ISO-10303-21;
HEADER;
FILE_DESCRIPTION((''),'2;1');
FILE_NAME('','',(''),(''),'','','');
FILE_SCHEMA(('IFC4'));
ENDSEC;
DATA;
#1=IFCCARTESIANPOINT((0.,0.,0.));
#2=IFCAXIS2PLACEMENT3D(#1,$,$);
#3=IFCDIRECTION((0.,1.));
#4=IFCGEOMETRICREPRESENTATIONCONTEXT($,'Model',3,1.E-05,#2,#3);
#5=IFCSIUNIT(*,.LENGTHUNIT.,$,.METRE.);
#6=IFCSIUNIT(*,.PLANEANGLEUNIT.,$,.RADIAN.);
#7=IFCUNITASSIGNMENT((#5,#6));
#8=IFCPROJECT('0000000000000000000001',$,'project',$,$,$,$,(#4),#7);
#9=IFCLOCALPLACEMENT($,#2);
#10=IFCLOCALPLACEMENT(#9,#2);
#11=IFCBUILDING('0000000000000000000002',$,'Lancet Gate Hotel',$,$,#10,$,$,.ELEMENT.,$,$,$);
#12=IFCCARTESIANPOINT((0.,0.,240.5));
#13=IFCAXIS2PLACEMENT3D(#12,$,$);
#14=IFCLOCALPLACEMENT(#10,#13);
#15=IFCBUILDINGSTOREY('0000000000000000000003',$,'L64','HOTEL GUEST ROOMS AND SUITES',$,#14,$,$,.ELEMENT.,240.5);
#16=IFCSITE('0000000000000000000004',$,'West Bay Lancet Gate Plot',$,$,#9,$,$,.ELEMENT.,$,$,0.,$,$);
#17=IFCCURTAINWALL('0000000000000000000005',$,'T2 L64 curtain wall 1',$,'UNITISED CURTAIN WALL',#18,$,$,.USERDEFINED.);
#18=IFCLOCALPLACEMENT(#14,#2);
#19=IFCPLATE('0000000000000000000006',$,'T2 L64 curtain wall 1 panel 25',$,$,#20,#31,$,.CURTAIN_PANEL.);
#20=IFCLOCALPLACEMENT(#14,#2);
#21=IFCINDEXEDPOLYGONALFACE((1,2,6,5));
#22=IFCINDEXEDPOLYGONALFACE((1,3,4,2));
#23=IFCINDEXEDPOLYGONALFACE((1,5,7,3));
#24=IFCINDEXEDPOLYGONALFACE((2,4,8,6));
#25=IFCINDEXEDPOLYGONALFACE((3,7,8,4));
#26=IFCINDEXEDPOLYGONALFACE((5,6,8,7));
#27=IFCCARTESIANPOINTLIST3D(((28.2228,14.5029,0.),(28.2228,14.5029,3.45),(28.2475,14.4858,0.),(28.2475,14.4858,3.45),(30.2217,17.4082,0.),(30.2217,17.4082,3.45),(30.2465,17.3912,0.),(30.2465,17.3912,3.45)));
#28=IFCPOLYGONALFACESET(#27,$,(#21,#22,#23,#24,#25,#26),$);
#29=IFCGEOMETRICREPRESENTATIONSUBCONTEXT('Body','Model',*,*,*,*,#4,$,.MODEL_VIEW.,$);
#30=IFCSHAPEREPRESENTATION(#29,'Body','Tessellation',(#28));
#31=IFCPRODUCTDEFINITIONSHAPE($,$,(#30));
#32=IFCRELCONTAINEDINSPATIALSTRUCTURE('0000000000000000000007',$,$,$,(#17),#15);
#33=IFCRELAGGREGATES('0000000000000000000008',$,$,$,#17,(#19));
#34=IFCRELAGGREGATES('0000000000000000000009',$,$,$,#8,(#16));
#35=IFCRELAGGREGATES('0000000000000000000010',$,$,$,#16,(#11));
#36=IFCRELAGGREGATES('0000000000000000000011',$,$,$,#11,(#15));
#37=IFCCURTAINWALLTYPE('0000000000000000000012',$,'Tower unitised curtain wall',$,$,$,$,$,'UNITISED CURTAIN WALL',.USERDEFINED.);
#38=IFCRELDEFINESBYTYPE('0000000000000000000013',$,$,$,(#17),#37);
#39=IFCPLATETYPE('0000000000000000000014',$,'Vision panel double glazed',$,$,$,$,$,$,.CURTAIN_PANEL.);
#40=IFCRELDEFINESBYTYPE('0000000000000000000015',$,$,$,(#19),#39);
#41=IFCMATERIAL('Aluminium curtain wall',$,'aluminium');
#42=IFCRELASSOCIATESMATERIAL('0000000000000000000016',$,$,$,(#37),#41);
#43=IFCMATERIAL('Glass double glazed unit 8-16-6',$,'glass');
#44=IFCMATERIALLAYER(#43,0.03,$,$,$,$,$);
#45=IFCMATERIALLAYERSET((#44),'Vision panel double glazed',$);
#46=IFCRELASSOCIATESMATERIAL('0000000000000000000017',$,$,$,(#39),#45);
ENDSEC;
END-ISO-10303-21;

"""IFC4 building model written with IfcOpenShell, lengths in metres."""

from ifc_helpers import new_model, si_unit, direction, frame, origin, origin_2d, place, context, subcontext, project, spatial, rectangle, extrude, material, layer, layer_set, type_object, element, aggregate, save


model = new_model("IFC4")

# Units and contexts
model_context = context("Model", 3, precision=1e-05, world=origin(), true_north=direction((0.0, 1.0)))
body_context = subcontext(model_context, "Body", "Model", "MODEL_VIEW")
ifc_project = project(units=[si_unit("LENGTHUNIT", "METRE"), si_unit("PLANEANGLEUNIT", "RADIAN")], contexts=[model_context])

# Site, building, storey
site_placement = place(None, origin())
site = spatial("IfcSite", under=ifc_project, at=site_placement, Name="West Bay Lancet Gate Plot", CompositionType="ELEMENT", RefElevation=0.0)
building_placement = place(site_placement, origin())
building = spatial("IfcBuilding", under=site, at=building_placement, Name="Lancet Gate Hotel", CompositionType="ELEMENT")
storey_placement = place(building_placement, frame((0.0, 0.0, 240.5)))
storey = spatial("IfcBuildingStorey", under=building, at=storey_placement, Name="L64", Description="HOTEL GUEST ROOMS AND SUITES", CompositionType="ELEMENT", Elevation=240.5)

# Curtain wall
ifc_material_1 = material(Name="Aluminium curtain wall", Category="aluminium")
curtain_wall_type = type_object("IfcCurtainWallType", Name="Tower unitised curtain wall", ElementType="UNITISED CURTAIN WALL", PredefinedType="USERDEFINED", material=ifc_material_1)
curtain_wall_placement = place(storey_placement, origin())
curtain_wall = element("IfcCurtainWall", 1, at=curtain_wall_placement, inside=storey, type_object=curtain_wall_type, Name="T2 L64 curtain wall 1", ObjectType="UNITISED CURTAIN WALL", PredefinedType="USERDEFINED")

# Plate
ifc_material_2 = material(Name="Glass double glazed unit 8-16-6", Category="glass")
ifc_layer = layer(ifc_material_2, 0.03)
ifc_layer_set = layer_set([ifc_layer], Name="Vision panel double glazed")
plate_type = type_object("IfcPlateType", Name="Vision panel double glazed", PredefinedType="CURTAIN_PANEL", material=ifc_layer_set)
plate_1_placement = place(storey_placement, frame((29.2346, 15.947, 0.0), z_axis=(0.0, 0.0, 1.0), x_axis=(-0.566824, -0.823839, 0.0)))
plate_1 = element("IfcPlate", 2, at=plate_1_placement, type_object=plate_type, Name="T2 L64 curtain wall 1 panel 25", PredefinedType="CURTAIN_PANEL", context=body_context, shape_type="SweptSolid", body=[
    extrude(rectangle(XDim=3.5266, YDim=0.03, at=origin_2d()), origin(), (0.0, 0.0, 1.0), 3.45),
])
aggregate(curtain_wall, [plate_1])

save(model, "model.ifc")
